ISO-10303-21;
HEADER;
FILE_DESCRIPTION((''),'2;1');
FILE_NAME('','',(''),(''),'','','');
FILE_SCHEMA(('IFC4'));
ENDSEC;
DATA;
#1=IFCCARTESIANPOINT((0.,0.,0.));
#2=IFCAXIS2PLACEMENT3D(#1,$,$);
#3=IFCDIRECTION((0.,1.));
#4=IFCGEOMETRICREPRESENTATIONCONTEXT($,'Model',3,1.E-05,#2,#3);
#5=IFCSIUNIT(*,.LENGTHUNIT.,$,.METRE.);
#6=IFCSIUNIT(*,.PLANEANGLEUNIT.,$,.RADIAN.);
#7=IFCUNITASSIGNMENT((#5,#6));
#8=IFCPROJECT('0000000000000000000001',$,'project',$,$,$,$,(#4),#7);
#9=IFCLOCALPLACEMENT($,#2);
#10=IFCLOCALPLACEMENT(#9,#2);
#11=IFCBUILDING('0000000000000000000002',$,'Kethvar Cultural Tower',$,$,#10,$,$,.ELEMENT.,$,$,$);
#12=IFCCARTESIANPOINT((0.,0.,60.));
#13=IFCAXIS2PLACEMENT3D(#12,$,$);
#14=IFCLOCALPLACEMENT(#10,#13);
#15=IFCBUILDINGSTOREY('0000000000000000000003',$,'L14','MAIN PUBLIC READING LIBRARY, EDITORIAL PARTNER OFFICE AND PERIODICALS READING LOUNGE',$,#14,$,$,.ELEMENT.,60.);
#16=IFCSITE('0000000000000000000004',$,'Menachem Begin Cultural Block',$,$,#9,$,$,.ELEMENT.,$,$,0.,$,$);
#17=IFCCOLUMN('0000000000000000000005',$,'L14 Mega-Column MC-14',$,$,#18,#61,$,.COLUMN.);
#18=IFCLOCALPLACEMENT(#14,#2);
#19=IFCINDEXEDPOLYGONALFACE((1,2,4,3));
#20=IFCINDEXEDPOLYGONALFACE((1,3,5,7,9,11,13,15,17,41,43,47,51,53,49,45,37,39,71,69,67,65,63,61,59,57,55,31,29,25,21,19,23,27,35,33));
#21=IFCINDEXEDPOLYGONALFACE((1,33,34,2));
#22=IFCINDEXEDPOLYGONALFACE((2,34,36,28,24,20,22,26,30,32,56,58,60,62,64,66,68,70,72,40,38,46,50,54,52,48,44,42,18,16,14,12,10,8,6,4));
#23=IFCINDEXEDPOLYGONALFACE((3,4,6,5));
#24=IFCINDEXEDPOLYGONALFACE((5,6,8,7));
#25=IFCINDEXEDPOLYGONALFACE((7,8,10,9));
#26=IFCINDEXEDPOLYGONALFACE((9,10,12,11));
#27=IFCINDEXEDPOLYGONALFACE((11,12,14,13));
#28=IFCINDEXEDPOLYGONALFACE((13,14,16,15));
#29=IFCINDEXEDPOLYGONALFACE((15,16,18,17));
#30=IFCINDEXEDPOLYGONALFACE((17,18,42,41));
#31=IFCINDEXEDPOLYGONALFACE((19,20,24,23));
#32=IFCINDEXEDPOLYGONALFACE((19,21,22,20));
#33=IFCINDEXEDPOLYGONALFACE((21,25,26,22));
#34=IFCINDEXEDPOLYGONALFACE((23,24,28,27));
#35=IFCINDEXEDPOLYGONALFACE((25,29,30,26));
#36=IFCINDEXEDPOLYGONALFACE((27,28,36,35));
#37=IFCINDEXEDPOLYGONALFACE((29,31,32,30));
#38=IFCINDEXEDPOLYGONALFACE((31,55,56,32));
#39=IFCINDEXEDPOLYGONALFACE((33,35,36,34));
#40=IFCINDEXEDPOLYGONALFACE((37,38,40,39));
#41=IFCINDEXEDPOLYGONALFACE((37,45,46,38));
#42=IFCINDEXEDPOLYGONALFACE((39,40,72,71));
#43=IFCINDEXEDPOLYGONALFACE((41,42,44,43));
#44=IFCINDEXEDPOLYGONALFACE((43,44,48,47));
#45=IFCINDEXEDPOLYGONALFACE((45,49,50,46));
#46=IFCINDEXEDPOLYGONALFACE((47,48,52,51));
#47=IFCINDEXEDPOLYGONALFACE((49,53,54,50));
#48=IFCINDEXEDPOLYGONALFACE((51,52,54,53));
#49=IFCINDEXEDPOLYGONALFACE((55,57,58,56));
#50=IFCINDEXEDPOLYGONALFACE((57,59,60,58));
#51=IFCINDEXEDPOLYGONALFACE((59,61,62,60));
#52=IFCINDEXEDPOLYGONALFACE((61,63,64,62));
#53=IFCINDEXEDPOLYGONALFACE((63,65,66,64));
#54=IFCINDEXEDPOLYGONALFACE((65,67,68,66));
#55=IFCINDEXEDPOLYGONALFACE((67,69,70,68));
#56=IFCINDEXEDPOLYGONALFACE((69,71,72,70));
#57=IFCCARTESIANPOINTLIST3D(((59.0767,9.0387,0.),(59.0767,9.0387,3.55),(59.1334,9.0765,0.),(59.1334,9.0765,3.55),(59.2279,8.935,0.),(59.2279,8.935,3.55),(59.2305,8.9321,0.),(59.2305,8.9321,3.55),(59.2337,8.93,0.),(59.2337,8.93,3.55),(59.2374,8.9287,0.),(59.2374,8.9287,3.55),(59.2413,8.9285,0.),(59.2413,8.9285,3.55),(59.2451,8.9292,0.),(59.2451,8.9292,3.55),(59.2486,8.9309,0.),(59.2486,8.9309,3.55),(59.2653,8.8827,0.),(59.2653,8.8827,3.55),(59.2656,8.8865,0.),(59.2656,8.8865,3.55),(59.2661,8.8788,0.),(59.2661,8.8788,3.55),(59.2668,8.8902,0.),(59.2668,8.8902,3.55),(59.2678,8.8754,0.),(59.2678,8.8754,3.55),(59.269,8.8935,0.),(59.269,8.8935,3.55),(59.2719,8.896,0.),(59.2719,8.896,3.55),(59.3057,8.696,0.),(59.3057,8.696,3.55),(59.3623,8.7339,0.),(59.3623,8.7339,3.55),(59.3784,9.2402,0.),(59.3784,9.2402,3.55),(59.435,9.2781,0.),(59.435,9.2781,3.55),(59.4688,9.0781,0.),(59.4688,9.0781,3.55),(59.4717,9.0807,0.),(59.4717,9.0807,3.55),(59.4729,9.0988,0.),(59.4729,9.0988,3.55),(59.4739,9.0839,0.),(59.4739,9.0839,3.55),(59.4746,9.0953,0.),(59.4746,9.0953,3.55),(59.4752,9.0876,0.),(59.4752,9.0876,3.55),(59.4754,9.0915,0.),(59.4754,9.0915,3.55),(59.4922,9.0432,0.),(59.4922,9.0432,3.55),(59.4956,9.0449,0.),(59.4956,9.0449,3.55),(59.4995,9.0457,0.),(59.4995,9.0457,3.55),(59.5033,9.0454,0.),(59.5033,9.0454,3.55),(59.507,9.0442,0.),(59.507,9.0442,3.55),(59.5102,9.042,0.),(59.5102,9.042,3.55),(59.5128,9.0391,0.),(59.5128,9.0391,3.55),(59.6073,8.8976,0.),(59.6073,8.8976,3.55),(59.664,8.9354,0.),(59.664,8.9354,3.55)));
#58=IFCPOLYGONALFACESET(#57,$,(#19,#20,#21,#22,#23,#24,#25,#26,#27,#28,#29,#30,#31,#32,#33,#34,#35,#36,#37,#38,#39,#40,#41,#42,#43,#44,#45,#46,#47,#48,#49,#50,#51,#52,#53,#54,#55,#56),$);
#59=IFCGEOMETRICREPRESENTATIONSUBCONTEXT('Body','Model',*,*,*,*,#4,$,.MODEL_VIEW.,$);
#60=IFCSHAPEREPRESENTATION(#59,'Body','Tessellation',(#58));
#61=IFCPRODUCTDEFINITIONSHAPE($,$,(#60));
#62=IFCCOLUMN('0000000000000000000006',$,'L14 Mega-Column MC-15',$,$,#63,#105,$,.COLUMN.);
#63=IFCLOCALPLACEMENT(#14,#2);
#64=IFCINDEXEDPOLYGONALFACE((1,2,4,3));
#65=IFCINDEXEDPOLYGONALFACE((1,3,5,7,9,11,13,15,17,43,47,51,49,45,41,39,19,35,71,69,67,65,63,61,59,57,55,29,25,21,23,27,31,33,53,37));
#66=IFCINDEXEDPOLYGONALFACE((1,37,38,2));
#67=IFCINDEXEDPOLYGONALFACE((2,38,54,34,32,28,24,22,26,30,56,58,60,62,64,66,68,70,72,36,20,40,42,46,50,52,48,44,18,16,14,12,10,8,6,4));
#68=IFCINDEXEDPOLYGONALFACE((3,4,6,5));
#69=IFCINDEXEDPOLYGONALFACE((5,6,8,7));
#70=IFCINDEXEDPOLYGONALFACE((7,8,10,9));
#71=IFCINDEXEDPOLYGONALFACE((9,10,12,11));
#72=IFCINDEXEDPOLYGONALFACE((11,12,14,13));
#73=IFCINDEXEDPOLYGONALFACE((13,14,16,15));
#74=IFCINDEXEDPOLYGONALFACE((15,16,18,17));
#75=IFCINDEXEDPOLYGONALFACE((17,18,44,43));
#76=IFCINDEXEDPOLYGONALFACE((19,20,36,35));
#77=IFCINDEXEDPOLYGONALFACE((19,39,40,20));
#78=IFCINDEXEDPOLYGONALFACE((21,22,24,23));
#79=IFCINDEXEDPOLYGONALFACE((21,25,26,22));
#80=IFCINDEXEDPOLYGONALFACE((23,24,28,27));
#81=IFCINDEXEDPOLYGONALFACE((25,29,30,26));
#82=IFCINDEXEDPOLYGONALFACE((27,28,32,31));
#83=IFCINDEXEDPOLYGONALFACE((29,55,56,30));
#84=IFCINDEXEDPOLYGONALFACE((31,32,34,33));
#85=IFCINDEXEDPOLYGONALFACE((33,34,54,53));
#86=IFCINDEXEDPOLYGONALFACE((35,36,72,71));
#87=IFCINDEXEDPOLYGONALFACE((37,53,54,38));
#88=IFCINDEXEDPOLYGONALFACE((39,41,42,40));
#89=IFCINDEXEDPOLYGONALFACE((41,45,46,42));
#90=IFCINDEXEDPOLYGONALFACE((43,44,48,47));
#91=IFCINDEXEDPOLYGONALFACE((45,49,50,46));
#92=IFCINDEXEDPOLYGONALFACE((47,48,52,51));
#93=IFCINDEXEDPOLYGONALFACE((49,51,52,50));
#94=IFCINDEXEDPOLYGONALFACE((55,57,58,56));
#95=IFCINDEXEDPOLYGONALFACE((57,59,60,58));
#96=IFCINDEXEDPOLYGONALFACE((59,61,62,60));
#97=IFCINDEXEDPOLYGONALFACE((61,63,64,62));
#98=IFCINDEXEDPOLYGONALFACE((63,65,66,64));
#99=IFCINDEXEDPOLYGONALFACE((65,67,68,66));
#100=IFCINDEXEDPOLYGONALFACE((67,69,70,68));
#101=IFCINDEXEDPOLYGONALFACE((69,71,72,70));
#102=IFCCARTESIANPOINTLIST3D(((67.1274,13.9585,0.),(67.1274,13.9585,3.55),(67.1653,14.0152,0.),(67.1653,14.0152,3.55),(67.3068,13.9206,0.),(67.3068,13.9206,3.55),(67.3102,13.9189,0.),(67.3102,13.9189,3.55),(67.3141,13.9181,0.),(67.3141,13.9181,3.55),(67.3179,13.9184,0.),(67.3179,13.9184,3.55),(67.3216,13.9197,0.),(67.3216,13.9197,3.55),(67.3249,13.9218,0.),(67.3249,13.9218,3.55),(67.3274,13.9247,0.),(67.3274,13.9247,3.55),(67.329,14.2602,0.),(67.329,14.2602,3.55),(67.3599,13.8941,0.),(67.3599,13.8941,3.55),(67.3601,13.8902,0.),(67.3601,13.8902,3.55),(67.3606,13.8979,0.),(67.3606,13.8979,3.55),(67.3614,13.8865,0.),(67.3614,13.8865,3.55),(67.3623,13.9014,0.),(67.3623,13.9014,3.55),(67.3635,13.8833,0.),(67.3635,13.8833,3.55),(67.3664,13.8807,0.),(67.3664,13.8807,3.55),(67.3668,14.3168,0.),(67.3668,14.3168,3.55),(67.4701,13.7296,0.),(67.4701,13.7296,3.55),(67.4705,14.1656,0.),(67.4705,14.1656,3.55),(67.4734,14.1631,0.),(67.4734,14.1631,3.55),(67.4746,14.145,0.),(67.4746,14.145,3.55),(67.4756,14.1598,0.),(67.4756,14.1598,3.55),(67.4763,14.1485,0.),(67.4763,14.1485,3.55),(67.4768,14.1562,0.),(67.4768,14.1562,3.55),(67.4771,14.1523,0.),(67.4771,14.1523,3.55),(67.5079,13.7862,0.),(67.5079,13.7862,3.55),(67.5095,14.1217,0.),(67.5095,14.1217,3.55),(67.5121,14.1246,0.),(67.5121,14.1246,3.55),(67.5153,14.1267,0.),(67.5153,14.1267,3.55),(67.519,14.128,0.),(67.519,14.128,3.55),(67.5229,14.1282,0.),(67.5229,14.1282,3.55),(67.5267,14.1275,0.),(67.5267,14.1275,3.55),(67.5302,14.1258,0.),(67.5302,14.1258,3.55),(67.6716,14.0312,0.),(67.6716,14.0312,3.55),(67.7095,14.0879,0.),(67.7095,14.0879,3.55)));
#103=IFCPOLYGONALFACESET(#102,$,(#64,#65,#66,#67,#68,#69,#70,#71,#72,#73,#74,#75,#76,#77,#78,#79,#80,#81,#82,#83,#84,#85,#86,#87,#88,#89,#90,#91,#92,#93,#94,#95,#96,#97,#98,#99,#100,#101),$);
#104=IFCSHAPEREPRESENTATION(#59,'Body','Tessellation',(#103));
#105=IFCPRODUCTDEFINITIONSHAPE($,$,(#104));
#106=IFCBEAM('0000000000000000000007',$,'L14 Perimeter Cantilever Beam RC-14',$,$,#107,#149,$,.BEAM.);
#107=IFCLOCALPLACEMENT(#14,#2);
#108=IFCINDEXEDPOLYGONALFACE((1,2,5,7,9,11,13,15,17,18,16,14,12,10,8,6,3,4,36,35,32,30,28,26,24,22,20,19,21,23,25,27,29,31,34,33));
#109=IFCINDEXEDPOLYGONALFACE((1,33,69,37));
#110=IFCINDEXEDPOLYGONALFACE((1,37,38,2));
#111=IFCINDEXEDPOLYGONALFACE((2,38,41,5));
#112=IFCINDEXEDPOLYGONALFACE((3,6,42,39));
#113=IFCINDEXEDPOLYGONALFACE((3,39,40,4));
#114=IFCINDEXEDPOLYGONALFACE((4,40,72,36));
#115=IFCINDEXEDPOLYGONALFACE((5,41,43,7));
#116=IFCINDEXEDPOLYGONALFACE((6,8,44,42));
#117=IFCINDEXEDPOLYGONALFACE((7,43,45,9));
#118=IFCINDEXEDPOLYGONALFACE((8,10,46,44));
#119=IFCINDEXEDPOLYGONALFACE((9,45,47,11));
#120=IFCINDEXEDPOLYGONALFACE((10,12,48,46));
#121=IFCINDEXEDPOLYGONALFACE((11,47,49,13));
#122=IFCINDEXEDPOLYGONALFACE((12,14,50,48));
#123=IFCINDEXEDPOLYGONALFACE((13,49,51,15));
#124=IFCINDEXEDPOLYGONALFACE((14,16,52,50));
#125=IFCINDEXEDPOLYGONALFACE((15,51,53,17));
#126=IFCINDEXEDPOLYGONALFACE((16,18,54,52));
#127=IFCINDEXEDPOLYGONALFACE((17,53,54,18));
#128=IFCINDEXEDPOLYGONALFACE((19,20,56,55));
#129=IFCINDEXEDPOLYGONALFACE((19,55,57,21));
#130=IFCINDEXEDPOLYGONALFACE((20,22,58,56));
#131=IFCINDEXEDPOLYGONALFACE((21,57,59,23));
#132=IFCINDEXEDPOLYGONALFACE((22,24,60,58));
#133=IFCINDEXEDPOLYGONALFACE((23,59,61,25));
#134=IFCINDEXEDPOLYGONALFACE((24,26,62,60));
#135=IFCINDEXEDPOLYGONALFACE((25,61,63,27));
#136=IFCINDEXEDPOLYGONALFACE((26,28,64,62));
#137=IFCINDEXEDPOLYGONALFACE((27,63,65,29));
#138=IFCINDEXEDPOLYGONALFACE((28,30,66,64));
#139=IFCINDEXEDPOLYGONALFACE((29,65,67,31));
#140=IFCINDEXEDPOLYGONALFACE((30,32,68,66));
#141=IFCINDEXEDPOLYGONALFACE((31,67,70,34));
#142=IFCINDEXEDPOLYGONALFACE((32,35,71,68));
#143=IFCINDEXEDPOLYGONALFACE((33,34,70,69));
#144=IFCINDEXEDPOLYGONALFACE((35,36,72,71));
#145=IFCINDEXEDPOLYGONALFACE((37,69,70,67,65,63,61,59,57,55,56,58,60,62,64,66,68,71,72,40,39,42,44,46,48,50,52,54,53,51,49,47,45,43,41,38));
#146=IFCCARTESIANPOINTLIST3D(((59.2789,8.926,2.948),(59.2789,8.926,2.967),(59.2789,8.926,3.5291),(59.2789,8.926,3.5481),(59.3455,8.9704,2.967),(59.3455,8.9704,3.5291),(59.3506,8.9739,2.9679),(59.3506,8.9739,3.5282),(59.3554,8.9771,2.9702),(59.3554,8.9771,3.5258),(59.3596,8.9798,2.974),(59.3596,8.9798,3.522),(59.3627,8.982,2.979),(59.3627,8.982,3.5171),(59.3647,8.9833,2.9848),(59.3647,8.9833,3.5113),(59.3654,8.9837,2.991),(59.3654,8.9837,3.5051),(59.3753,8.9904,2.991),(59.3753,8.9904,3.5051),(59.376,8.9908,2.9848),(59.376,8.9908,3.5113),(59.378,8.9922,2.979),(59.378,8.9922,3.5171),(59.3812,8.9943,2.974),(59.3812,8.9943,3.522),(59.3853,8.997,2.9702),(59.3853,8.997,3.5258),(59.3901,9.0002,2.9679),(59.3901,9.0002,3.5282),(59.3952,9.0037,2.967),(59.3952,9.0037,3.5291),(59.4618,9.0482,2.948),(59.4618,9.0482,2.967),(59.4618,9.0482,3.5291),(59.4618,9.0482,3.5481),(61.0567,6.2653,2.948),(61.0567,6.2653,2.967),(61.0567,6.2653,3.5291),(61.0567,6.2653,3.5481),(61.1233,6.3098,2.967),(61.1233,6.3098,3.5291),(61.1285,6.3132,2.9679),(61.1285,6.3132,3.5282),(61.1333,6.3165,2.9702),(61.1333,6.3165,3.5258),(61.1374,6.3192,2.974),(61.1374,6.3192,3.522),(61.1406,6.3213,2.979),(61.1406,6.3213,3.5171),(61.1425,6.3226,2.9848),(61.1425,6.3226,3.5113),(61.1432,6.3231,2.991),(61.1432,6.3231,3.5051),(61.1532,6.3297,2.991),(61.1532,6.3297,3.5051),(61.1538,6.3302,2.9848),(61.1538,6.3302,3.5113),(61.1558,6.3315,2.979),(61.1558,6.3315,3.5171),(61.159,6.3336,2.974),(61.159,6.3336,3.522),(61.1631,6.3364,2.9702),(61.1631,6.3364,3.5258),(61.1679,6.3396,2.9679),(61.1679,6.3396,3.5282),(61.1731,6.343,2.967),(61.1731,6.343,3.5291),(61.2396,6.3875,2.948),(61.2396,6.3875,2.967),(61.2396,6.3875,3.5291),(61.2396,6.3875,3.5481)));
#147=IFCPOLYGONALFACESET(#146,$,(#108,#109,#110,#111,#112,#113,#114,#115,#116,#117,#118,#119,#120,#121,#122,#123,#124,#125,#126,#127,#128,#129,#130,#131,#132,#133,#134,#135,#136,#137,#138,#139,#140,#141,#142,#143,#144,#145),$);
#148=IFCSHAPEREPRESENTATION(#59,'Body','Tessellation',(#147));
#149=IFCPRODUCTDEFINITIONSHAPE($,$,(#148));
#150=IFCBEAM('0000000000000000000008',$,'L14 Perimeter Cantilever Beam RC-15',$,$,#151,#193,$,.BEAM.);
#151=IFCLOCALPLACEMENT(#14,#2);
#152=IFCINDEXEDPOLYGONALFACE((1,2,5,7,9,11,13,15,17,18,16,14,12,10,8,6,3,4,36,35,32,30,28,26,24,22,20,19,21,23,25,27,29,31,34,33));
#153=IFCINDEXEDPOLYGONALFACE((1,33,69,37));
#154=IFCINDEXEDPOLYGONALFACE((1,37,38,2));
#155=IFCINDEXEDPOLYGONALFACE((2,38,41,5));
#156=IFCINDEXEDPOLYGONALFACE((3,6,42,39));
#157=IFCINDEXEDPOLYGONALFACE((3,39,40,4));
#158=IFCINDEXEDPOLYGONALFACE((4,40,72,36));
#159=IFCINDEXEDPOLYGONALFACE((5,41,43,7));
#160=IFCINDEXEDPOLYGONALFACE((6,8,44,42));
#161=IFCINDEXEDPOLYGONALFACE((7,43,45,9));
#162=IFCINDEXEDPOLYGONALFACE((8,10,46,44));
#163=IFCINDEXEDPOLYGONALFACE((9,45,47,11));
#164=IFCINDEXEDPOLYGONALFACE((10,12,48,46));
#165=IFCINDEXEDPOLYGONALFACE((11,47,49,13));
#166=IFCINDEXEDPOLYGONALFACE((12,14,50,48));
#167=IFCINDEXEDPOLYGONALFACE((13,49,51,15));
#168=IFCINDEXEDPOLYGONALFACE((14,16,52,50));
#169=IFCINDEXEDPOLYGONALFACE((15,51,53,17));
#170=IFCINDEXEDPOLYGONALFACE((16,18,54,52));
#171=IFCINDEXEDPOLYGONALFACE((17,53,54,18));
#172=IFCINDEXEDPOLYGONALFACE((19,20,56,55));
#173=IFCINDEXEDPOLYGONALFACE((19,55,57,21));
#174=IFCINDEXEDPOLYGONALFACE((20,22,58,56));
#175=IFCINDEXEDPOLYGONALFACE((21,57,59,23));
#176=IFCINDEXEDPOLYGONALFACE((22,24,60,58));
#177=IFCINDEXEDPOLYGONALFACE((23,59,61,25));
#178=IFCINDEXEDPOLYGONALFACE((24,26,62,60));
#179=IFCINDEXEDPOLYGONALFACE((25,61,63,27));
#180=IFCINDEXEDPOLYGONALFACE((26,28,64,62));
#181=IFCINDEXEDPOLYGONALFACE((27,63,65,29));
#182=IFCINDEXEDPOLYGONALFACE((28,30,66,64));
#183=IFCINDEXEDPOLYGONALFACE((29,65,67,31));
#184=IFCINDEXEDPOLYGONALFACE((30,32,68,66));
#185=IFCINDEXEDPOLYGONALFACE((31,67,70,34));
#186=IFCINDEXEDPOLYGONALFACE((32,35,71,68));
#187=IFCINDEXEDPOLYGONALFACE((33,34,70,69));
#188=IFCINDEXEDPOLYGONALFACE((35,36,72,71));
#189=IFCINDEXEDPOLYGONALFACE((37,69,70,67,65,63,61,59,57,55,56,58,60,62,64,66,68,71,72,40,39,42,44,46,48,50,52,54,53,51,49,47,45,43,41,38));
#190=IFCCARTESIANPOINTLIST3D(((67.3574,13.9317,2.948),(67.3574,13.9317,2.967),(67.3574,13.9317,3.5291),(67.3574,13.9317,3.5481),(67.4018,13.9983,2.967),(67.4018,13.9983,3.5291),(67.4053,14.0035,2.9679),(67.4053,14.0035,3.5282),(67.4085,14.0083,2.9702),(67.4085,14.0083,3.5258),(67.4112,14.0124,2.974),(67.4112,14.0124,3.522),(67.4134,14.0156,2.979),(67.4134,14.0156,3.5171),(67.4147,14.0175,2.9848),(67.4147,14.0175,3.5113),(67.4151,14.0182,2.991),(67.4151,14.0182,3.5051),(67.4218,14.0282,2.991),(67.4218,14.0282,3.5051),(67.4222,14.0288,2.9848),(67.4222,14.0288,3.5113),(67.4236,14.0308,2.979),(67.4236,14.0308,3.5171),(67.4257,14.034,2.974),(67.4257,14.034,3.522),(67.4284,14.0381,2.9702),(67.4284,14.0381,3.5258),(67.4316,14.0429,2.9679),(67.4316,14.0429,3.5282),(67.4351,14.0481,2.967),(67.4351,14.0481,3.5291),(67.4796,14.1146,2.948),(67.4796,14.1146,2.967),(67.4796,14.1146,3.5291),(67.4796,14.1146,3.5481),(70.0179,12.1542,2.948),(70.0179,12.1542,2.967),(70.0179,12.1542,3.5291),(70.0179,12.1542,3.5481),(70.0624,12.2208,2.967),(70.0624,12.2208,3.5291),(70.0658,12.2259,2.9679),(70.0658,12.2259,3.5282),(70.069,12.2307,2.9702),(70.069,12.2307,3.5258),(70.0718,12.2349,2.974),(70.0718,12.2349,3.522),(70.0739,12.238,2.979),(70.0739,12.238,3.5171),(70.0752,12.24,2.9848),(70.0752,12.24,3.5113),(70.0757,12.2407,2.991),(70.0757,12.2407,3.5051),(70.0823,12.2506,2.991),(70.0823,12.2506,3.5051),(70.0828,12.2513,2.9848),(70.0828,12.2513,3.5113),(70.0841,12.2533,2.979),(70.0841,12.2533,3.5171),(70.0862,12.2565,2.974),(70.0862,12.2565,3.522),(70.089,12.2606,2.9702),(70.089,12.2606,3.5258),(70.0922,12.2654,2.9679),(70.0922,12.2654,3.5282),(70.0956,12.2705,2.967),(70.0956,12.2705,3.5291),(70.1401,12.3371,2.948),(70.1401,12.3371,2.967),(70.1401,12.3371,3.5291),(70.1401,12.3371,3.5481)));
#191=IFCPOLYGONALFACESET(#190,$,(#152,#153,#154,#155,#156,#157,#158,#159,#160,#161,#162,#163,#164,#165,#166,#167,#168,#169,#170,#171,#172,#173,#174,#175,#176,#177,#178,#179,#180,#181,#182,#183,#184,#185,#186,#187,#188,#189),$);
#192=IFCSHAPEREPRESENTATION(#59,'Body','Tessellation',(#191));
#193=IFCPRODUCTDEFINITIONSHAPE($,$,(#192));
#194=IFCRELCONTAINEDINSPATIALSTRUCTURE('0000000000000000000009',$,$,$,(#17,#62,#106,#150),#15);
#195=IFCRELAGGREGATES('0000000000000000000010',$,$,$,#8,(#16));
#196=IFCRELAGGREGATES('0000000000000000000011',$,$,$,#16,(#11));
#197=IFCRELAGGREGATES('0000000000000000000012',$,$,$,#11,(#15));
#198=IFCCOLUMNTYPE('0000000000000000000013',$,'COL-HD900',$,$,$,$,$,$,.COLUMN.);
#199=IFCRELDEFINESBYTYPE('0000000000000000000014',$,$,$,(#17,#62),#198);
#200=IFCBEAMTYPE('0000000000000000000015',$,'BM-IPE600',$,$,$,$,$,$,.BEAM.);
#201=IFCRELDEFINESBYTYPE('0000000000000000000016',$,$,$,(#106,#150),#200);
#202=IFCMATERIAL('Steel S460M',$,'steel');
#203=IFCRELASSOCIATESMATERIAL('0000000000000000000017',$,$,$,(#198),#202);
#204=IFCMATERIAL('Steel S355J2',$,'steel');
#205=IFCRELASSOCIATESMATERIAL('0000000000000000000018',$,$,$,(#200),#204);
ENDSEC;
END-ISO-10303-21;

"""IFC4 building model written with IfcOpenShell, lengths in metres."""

from ifc_helpers import new_model, si_unit, direction, frame, origin, origin_2d, place, context, subcontext, project, spatial, i_section, extrude, source, transform, mapped, material, material_profile, profile_set, type_object, element, save


model = new_model("IFC4")

# Units and contexts
model_context = context("Model", 3, precision=1e-05, world=origin(), true_north=direction((0.0, 1.0)))
body_context = subcontext(model_context, "Body", "Model", "MODEL_VIEW")
ifc_project = project(units=[si_unit("LENGTHUNIT", "METRE"), si_unit("PLANEANGLEUNIT", "RADIAN")], contexts=[model_context])

# Site, building, storey
site_placement = place(None, origin())
site = spatial("IfcSite", under=ifc_project, at=site_placement, Name="Menachem Begin Cultural Block", CompositionType="ELEMENT", RefElevation=0.0)
building_placement = place(site_placement, origin())
building = spatial("IfcBuilding", under=site, at=building_placement, Name="Kethvar Cultural Tower", CompositionType="ELEMENT")
storey_placement = place(building_placement, frame((0.0, 0.0, 60.0)))
storey = spatial("IfcBuildingStorey", under=building, at=storey_placement, Name="L14", Description="MAIN PUBLIC READING LIBRARY, EDITORIAL PARTNER OFFICE AND PERIODICALS READING LOUNGE", CompositionType="ELEMENT", Elevation=60.0)

# Columns
ifc_material_1 = material(Name="Steel S460M", Category="steel")
ifc_material_profile_1 = material_profile(ifc_material_1, i_section(OverallWidth=0.4121, OverallDepth=0.4309, WebThickness=0.042, FlangeThickness=0.0681, FilletRadius=0.0149, at=origin_2d()), Name="Steel S460M — HD400x900")
ifc_profile_set_1 = profile_set([ifc_material_profile_1], Name="Steel S460M — HD400x900")
column_type = type_object("IfcColumnType", Name="COL-HD900", PredefinedType="COLUMN", material=ifc_profile_set_1)
shared_shape_1 = source(origin(), body_context, "Body", "SweptSolid", [
    extrude(i_section(OverallWidth=0.4121, OverallDepth=0.4309, WebThickness=0.042, FlangeThickness=0.0681, FilletRadius=0.0149, at=origin_2d()), origin(), (0.0, 0.0, 1.0), 3.55),
])
for number, where, z_axis, x_axis, name in (
    (1, (59.3704, 8.9871, 0.0), (0.0, 0.0, 1.0), (0.55557, -0.83147, 0.0), "L14 Mega-Column MC-14"),
    (2, (67.4185, 14.0232, 0.0), (0.0, 0.0, 1.0), (0.83147, -0.55557, 0.0), "L14 Mega-Column MC-15"),
):
    element("IfcColumn", number, at=place(storey_placement, frame(where, z_axis=z_axis, x_axis=x_axis)), inside=storey, type_object=column_type, Name=name, PredefinedType="COLUMN", context=body_context, shape_type="MappedRepresentation", body=[
        mapped(shared_shape_1, transform((0.0, 0.0, 0.0), scale=1.0)),
    ])

# Beams
ifc_material_2 = material(Name="Steel S355J2", Category="steel")
ifc_material_profile_2 = material_profile(ifc_material_2, i_section(OverallWidth=0.22, OverallDepth=0.6001, WebThickness=0.012, FlangeThickness=0.019, FilletRadius=0.0239, at=origin_2d()), Name="Steel S355J2 — IPE600")
ifc_profile_set_2 = profile_set([ifc_material_profile_2], Name="Steel S355J2 — IPE600")
beam_type_1 = type_object("IfcBeamType", Name="BM-IPE600", PredefinedType="BEAM", material=ifc_profile_set_2)
shared_shape_2 = source(origin(), body_context, "Body", "SweptSolid", [
    extrude(i_section(OverallWidth=0.22, OverallDepth=0.6001, WebThickness=0.012, FlangeThickness=0.019, FilletRadius=0.0239, at=origin_2d()), origin(), (0.0, 0.0, 1.0), 3.2),
])
beam_1_placement = place(storey_placement, frame((59.3704, 8.9871, 3.248), z_axis=(0.55558, -0.831463, 0.0), x_axis=(0.831463, 0.55558, 0.0)))
element("IfcBeam", 3, at=beam_1_placement, inside=storey, type_object=beam_type_1, Name="L14 Perimeter Cantilever Beam RC-14", PredefinedType="BEAM", context=body_context, shape_type="MappedRepresentation", body=[
    mapped(shared_shape_2, transform((0.0, 0.0, 0.0), scale=1.0)),
])
shared_shape_3 = source(origin(), body_context, "Body", "SweptSolid", [
    extrude(i_section(OverallWidth=0.22, OverallDepth=0.6001, WebThickness=0.012, FlangeThickness=0.019, FilletRadius=0.0239, at=origin_2d()), origin(), (0.0, 0.0, 1.0), 3.1997),
])
beam_2_placement = place(storey_placement, frame((67.4185, 14.0232, 3.248), z_axis=(0.831498, -0.555527, 0.0), x_axis=(0.555527, 0.831498, 0.0)))
element("IfcBeam", 4, at=beam_2_placement, inside=storey, type_object=beam_type_1, Name="L14 Perimeter Cantilever Beam RC-15", PredefinedType="BEAM", context=body_context, shape_type="MappedRepresentation", body=[
    mapped(shared_shape_3, transform((0.0, 0.0, 0.0), scale=1.0)),
])

save(model, "model.ifc")
